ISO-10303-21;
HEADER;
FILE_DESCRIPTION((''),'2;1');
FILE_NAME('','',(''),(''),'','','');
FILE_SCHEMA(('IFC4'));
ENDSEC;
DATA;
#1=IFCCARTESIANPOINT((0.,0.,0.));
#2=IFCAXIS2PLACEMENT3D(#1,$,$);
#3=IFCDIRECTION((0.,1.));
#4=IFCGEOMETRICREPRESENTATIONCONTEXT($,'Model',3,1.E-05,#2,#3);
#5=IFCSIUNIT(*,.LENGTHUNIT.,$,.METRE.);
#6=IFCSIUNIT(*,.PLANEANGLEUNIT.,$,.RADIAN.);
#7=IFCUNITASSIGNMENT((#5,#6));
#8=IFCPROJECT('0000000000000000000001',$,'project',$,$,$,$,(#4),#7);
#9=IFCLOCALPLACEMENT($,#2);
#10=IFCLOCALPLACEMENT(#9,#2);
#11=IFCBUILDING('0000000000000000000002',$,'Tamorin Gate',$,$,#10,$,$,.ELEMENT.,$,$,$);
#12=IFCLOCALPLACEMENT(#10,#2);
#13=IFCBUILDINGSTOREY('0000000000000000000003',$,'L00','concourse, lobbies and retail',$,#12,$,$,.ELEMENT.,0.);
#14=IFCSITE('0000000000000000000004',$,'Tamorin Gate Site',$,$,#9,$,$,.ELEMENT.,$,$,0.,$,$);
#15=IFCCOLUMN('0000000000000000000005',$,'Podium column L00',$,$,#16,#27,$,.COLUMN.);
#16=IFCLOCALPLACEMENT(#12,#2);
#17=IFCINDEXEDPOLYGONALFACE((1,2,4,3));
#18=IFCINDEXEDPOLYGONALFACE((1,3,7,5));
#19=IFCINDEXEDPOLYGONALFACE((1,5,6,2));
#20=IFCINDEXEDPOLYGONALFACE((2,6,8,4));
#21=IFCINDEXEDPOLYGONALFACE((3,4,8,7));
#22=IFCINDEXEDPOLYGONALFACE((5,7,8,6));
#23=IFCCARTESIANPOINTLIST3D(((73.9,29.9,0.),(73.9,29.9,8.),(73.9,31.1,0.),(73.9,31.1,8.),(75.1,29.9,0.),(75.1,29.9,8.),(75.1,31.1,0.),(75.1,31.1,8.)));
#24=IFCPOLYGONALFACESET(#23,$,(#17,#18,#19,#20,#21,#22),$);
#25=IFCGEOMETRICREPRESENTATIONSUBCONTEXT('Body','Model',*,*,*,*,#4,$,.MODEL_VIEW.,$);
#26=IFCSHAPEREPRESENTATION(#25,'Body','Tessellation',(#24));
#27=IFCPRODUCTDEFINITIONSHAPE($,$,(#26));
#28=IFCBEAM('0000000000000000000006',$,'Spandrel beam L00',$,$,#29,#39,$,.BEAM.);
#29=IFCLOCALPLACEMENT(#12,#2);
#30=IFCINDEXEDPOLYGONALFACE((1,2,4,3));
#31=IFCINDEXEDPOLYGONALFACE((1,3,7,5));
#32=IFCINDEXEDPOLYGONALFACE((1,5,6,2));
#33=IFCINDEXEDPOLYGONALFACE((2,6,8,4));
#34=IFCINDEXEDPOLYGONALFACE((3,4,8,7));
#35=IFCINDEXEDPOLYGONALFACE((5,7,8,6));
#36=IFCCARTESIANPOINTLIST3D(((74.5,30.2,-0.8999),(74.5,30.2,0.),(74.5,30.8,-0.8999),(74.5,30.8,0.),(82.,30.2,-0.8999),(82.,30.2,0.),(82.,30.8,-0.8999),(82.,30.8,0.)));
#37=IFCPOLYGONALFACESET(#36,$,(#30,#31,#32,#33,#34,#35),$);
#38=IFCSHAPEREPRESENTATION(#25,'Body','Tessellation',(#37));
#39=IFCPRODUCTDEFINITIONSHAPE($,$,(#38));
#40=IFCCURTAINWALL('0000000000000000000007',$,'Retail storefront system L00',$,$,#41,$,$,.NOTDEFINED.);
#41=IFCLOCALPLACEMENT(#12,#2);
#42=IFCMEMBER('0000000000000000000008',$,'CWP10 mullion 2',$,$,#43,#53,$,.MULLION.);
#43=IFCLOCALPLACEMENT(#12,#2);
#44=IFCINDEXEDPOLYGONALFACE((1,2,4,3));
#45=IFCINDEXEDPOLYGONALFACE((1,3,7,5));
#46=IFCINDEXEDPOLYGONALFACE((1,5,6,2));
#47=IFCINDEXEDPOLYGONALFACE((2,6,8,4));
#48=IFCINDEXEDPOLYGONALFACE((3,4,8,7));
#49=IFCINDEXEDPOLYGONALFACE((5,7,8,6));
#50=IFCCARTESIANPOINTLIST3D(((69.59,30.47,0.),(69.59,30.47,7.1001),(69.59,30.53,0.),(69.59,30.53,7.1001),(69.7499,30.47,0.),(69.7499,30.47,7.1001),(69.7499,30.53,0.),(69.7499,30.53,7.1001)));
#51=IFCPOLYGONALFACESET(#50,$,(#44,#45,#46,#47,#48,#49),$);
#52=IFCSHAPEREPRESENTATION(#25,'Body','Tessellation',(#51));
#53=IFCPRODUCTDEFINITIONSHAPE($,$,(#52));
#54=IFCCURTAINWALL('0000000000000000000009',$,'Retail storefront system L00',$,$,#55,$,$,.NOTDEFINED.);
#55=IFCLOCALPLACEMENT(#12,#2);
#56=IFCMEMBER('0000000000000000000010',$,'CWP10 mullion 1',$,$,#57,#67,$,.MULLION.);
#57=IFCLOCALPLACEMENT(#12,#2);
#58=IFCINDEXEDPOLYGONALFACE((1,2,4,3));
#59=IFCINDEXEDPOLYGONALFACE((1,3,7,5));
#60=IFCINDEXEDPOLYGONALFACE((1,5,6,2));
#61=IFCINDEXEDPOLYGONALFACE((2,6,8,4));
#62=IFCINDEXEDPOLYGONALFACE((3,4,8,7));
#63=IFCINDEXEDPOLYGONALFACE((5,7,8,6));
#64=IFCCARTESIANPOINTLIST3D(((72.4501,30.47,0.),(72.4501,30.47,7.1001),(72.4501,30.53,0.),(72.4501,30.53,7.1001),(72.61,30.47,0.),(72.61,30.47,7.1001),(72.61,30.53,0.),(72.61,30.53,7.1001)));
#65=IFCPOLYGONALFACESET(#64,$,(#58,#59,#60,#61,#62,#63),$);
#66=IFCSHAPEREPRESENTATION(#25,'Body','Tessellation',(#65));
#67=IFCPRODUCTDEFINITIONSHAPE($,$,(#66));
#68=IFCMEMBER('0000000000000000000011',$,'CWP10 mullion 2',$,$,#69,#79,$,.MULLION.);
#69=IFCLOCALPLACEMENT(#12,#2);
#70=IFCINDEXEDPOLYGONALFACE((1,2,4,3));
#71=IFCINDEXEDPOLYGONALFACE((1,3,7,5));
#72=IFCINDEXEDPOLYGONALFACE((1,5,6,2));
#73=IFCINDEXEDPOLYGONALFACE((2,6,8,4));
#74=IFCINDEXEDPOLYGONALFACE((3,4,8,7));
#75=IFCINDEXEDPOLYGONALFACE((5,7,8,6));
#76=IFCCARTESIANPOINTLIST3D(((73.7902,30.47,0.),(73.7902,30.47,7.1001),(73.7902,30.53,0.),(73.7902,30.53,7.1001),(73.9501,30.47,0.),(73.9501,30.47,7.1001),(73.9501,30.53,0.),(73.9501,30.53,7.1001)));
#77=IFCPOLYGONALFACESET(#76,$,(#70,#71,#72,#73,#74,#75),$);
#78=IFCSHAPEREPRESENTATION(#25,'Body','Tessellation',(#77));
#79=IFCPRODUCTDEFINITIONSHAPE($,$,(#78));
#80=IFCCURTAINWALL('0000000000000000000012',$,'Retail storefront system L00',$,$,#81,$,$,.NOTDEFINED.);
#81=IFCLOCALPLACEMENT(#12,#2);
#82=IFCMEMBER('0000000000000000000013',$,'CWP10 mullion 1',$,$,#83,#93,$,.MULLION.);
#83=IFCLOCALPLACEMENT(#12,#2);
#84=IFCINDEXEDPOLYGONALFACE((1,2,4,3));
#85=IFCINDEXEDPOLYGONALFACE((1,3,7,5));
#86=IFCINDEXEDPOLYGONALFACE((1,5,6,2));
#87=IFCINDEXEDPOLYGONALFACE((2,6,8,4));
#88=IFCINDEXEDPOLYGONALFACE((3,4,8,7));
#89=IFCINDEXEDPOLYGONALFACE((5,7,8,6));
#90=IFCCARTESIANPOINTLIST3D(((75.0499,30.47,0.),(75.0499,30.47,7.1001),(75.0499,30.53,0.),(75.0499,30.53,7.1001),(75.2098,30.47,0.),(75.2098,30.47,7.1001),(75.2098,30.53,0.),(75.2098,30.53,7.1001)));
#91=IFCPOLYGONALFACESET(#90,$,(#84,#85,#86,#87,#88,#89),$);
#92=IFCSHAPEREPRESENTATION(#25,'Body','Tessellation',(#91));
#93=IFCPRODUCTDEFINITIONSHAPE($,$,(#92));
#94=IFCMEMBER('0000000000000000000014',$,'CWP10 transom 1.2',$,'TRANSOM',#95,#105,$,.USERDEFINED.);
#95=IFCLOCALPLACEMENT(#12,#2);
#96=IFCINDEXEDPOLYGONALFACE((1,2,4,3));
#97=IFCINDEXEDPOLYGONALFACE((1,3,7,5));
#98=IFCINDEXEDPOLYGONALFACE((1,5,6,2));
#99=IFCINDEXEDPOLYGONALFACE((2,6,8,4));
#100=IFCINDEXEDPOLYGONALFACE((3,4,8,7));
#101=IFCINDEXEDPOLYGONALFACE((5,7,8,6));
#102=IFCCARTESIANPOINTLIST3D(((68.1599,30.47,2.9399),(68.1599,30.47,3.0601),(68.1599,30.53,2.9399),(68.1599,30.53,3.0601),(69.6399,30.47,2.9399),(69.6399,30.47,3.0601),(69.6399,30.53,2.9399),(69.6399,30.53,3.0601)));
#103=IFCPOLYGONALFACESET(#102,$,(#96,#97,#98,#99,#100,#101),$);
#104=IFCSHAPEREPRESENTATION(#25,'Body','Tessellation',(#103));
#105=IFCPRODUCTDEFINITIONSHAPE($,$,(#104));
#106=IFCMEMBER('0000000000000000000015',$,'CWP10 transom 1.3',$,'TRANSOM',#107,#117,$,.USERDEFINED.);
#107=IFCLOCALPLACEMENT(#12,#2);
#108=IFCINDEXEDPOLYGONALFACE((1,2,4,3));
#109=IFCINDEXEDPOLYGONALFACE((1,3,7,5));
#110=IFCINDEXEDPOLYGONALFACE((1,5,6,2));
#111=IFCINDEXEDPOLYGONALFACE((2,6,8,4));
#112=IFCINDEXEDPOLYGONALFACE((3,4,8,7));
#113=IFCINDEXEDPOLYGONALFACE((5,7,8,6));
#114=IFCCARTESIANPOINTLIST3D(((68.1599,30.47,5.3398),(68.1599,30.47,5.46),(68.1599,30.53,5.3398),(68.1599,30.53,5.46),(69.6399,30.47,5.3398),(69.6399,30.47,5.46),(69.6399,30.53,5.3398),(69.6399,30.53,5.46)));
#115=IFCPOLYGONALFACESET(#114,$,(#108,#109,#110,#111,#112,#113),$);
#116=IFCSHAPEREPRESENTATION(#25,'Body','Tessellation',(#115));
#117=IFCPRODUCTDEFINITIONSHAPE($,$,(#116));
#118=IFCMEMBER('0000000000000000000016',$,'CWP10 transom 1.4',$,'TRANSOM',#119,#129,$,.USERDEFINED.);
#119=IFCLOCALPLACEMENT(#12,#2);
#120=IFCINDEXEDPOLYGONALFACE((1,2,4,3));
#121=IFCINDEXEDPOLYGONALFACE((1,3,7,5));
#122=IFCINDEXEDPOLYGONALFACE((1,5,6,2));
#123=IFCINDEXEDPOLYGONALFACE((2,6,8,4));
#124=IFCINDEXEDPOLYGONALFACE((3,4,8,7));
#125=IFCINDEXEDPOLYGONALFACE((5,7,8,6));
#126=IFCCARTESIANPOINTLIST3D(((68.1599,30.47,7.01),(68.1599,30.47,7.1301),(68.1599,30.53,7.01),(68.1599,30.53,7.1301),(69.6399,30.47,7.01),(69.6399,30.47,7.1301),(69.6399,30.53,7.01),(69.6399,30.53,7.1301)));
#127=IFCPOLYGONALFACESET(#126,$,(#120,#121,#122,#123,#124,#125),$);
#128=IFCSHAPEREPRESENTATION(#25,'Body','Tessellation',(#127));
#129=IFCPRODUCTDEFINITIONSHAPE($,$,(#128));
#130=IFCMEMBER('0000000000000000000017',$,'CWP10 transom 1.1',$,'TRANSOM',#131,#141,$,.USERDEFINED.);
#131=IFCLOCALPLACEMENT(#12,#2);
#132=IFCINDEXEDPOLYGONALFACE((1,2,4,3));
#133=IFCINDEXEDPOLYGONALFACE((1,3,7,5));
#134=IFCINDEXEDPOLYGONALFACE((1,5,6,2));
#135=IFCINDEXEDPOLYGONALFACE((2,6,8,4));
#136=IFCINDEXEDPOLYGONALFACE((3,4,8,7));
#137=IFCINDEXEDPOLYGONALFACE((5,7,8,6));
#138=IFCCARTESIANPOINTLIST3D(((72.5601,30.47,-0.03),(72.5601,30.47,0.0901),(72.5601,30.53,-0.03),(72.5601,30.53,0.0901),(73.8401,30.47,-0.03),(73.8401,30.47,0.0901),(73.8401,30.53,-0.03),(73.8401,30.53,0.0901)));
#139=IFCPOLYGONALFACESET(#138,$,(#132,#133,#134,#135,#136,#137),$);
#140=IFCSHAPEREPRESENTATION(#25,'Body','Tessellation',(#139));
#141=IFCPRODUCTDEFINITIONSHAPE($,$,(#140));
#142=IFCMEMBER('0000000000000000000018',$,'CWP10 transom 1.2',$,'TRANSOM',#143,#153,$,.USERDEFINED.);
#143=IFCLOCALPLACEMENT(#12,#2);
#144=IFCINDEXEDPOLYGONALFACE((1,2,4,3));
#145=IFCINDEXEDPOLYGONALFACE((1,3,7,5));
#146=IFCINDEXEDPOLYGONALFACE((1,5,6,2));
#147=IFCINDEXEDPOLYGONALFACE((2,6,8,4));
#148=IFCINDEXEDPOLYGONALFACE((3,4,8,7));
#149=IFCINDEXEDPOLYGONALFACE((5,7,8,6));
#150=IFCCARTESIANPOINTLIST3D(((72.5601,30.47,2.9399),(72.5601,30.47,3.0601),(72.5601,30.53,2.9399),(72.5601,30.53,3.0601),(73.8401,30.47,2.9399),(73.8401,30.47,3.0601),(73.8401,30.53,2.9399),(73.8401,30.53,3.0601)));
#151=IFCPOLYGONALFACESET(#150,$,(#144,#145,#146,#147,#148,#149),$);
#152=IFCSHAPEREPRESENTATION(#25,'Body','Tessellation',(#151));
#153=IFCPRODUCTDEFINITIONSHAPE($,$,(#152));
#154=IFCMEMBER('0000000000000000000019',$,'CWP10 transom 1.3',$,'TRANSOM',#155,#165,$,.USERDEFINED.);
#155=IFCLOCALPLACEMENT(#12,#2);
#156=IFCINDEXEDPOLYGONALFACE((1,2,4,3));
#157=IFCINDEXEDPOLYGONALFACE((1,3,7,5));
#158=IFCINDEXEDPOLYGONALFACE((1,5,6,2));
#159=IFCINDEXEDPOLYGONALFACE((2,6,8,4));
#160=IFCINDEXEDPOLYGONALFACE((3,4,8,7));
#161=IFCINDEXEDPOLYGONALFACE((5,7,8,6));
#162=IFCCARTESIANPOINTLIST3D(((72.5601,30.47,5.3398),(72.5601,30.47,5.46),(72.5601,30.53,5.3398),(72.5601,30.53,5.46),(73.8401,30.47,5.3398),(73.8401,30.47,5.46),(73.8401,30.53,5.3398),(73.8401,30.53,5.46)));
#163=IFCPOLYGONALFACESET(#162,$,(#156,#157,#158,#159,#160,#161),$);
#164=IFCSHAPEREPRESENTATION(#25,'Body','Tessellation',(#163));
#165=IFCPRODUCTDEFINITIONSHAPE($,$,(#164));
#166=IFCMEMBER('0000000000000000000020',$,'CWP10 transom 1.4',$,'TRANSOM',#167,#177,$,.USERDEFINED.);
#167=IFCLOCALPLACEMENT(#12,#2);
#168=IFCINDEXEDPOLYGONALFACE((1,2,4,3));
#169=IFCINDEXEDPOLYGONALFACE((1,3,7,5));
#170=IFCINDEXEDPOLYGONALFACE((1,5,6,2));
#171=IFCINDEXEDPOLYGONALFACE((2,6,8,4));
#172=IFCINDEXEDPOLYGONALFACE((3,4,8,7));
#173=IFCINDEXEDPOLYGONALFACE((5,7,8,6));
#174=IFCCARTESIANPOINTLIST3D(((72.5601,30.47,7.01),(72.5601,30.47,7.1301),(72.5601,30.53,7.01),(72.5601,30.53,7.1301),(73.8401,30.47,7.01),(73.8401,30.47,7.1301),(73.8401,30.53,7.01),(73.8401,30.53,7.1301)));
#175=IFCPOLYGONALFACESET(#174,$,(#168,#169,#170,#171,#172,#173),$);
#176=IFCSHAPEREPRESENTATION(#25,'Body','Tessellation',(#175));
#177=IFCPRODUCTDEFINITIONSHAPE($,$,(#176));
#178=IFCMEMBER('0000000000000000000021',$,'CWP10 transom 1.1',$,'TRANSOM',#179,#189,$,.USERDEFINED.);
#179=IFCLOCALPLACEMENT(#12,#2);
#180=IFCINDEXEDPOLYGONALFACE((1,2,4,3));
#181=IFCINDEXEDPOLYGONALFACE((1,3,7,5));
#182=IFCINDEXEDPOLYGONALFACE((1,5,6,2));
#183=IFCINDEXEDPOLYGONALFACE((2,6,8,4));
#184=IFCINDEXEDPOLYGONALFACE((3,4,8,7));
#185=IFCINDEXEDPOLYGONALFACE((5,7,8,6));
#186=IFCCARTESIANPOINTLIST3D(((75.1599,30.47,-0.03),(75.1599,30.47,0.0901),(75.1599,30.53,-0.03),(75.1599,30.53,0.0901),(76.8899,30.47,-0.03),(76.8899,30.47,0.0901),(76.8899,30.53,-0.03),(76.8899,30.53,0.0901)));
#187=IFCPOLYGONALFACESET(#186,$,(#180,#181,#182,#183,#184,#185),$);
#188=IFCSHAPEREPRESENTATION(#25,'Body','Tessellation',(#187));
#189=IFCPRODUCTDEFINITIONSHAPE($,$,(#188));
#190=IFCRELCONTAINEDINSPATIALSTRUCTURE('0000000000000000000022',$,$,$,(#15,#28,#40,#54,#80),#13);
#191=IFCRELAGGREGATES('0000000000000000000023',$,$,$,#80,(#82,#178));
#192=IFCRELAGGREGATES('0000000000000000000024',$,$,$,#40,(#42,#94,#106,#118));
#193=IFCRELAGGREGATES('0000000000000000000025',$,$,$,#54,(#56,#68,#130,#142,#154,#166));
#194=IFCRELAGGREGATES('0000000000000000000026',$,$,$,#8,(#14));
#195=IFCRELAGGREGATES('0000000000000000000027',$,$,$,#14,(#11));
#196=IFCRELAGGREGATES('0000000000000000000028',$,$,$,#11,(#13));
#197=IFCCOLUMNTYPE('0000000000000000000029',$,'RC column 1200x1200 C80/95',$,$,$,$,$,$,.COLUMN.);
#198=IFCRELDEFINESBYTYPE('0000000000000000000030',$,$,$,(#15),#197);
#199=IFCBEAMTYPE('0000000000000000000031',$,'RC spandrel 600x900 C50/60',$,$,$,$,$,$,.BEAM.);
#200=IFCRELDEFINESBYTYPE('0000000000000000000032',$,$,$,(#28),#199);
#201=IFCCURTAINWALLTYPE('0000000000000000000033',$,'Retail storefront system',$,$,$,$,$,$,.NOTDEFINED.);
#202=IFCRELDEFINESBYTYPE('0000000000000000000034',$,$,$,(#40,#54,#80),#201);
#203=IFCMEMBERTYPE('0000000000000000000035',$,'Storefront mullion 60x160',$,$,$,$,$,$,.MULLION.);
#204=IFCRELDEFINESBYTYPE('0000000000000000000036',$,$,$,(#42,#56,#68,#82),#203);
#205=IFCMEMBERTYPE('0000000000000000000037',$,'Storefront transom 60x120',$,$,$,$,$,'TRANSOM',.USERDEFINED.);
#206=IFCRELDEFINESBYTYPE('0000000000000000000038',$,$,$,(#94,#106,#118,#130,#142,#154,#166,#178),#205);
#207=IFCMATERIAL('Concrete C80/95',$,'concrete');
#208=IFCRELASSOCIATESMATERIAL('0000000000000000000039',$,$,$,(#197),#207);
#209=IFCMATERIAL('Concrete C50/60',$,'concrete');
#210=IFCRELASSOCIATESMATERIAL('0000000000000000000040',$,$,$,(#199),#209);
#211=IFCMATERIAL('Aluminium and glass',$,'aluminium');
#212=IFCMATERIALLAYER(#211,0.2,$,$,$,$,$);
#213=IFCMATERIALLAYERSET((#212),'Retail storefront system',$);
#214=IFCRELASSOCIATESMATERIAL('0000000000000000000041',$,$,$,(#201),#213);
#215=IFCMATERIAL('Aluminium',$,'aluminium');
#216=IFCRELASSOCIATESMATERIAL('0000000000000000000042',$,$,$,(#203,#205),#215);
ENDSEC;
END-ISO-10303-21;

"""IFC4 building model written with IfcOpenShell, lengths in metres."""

from ifc_helpers import new_model, si_unit, direction, frame, origin, origin_2d, place, context, subcontext, project, spatial, rectangle, extrude, material, layer, layer_set, material_profile, profile_set, type_object, element, aggregate, save


model = new_model("IFC4")

# Units and contexts
model_context = context("Model", 3, precision=1e-05, world=origin(), true_north=direction((0.0, 1.0)))
body_context = subcontext(model_context, "Body", "Model", "MODEL_VIEW")
ifc_project = project(units=[si_unit("LENGTHUNIT", "METRE"), si_unit("PLANEANGLEUNIT", "RADIAN")], contexts=[model_context])

# Site, building, storey
site_placement = place(None, origin())
site = spatial("IfcSite", under=ifc_project, at=site_placement, Name="Tamorin Gate Site", CompositionType="ELEMENT", RefElevation=0.0)
building_placement = place(site_placement, origin())
building = spatial("IfcBuilding", under=site, at=building_placement, Name="Tamorin Gate", CompositionType="ELEMENT")
storey_placement = place(building_placement, origin())
storey = spatial("IfcBuildingStorey", under=building, at=storey_placement, Name="L00", Description="concourse, lobbies and retail", CompositionType="ELEMENT", Elevation=0.0)

# Column
ifc_material_1 = material(Name="Concrete C80/95", Category="concrete")
ifc_material_profile_1 = material_profile(ifc_material_1, rectangle(XDim=1.2, YDim=1.2, at=origin_2d()), Name="RC 1200x1200")
ifc_profile_set_1 = profile_set([ifc_material_profile_1], Name="Concrete C80/95")
column_type = type_object("IfcColumnType", Name="RC column 1200x1200 C80/95", PredefinedType="COLUMN", material=ifc_profile_set_1)
column_placement = place(storey_placement, frame((74.5, 30.5, 0.0), z_axis=(0.0, 0.0, 1.0), x_axis=(1.0, 0.0, 0.0)))
element("IfcColumn", 1, at=column_placement, inside=storey, type_object=column_type, Name="Podium column L00", PredefinedType="COLUMN", context=body_context, shape_type="SweptSolid", body=[
    extrude(rectangle(XDim=1.2, YDim=1.2, at=origin_2d()), origin(), (0.0, 0.0, 1.0), 8.0),
])

# Beam
ifc_material_2 = material(Name="Concrete C50/60", Category="concrete")
ifc_material_profile_2 = material_profile(ifc_material_2, rectangle(XDim=0.6001, YDim=0.8999, at=origin_2d()), Name="RC 600x900")
ifc_profile_set_2 = profile_set([ifc_material_profile_2], Name="Concrete C50/60")
beam_type = type_object("IfcBeamType", Name="RC spandrel 600x900 C50/60", PredefinedType="BEAM", material=ifc_profile_set_2)
beam_placement = place(storey_placement, frame((74.5, 30.5, -0.45), z_axis=(1.0, 0.0, 0.0), x_axis=(0.0, 1.0, 0.0)))
element("IfcBeam", 2, at=beam_placement, inside=storey, type_object=beam_type, Name="Spandrel beam L00", PredefinedType="BEAM", context=body_context, shape_type="SweptSolid", body=[
    extrude(rectangle(XDim=0.6001, YDim=0.8999, at=origin_2d()), origin(), (0.0, 0.0, 1.0), 7.5),
])

# Curtain wall, member
ifc_material_3 = material(Name="Aluminium and glass", Category="aluminium")
ifc_layer_1 = layer(ifc_material_3, 0.2)
ifc_layer_set_1 = layer_set([ifc_layer_1], Name="Retail storefront system")
curtain_wall_type = type_object("IfcCurtainWallType", Name="Retail storefront system", PredefinedType="NOTDEFINED", material=ifc_layer_set_1)
curtain_wall_1_placement = place(storey_placement, origin())
curtain_wall_1 = element("IfcCurtainWall", 3, at=curtain_wall_1_placement, inside=storey, type_object=curtain_wall_type, Name="Retail storefront system L00", PredefinedType="NOTDEFINED")
ifc_material_4 = material(Name="Aluminium", Category="aluminium")
ifc_material_profile_3 = material_profile(ifc_material_4, rectangle(XDim=0.0601, YDim=0.1599, at=origin_2d()), Name="RECT 60x160")
ifc_profile_set_3 = profile_set([ifc_material_profile_3], Name="Aluminium")
member_type_1 = type_object("IfcMemberType", Name="Storefront mullion 60x160", PredefinedType="MULLION", material=ifc_profile_set_3)
member_1_placement = place(storey_placement, frame((69.6699, 30.5, 0.0), z_axis=(0.0, 0.0, 1.0), x_axis=(0.0, 1.0, 0.0)))
member_1 = element("IfcMember", 4, at=member_1_placement, type_object=member_type_1, Name="CWP10 mullion 2", PredefinedType="MULLION", context=body_context, shape_type="SweptSolid", body=[
    extrude(rectangle(XDim=0.0601, YDim=0.1599, at=origin_2d()), origin(), (0.0, 0.0, 1.0), 7.1001),
])

# Curtain wall, members
curtain_wall_2_placement = place(storey_placement, origin())
curtain_wall_2 = element("IfcCurtainWall", 5, at=curtain_wall_2_placement, inside=storey, type_object=curtain_wall_type, Name="Retail storefront system L00", PredefinedType="NOTDEFINED")
member_2_placement = place(storey_placement, frame((72.53, 30.5, 0.0), z_axis=(0.0, 0.0, 1.0), x_axis=(0.0, 1.0, 0.0)))
member_2 = element("IfcMember", 6, at=member_2_placement, type_object=member_type_1, Name="CWP10 mullion 1", PredefinedType="MULLION", context=body_context, shape_type="SweptSolid", body=[
    extrude(rectangle(XDim=0.0601, YDim=0.1599, at=origin_2d()), origin(), (0.0, 0.0, 1.0), 7.1001),
])
member_3_placement = place(storey_placement, frame((73.8701, 30.5, 0.0), z_axis=(0.0, 0.0, 1.0), x_axis=(0.0, 1.0, 0.0)))
member_3 = element("IfcMember", 7, at=member_3_placement, type_object=member_type_1, Name="CWP10 mullion 2", PredefinedType="MULLION", context=body_context, shape_type="SweptSolid", body=[
    extrude(rectangle(XDim=0.0601, YDim=0.1599, at=origin_2d()), origin(), (0.0, 0.0, 1.0), 7.1001),
])

# Curtain wall, member
curtain_wall_3_placement = place(storey_placement, origin())
curtain_wall_3 = element("IfcCurtainWall", 8, at=curtain_wall_3_placement, inside=storey, type_object=curtain_wall_type, Name="Retail storefront system L00", PredefinedType="NOTDEFINED")
member_4_placement = place(storey_placement, frame((75.1299, 30.5, 0.0), z_axis=(0.0, 0.0, 1.0), x_axis=(0.0, 1.0, 0.0)))
member_4 = element("IfcMember", 9, at=member_4_placement, type_object=member_type_1, Name="CWP10 mullion 1", PredefinedType="MULLION", context=body_context, shape_type="SweptSolid", body=[
    extrude(rectangle(XDim=0.0601, YDim=0.1599, at=origin_2d()), origin(), (0.0, 0.0, 1.0), 7.1001),
])

# Members
ifc_material_profile_4 = material_profile(ifc_material_4, rectangle(XDim=0.0601, YDim=0.1201, at=origin_2d()), Name="RECT 60x120")
ifc_profile_set_4 = profile_set([ifc_material_profile_4], Name="Aluminium")
member_type_2 = type_object("IfcMemberType", Name="Storefront transom 60x120", ElementType="TRANSOM", PredefinedType="USERDEFINED", material=ifc_profile_set_4)
member_5_placement = place(storey_placement, frame((68.1599, 30.5, 3.0), z_axis=(1.0, 0.0, 0.0), x_axis=(0.0, 1.0, 0.0)))
member_5 = element("IfcMember", 10, at=member_5_placement, type_object=member_type_2, Name="CWP10 transom 1.2", ObjectType="TRANSOM", PredefinedType="USERDEFINED", context=body_context, shape_type="SweptSolid", body=[
    extrude(rectangle(XDim=0.0601, YDim=0.1201, at=origin_2d()), origin(), (0.0, 0.0, 1.0), 1.48),
])
member_6_placement = place(storey_placement, frame((68.1599, 30.5, 5.3999), z_axis=(1.0, 0.0, 0.0), x_axis=(0.0, 1.0, 0.0)))
member_6 = element("IfcMember", 11, at=member_6_placement, type_object=member_type_2, Name="CWP10 transom 1.3", ObjectType="TRANSOM", PredefinedType="USERDEFINED", context=body_context, shape_type="SweptSolid", body=[
    extrude(rectangle(XDim=0.0601, YDim=0.1201, at=origin_2d()), origin(), (0.0, 0.0, 1.0), 1.48),
])
member_7_placement = place(storey_placement, frame((68.1599, 30.5, 7.0701), z_axis=(1.0, 0.0, 0.0), x_axis=(0.0, 1.0, 0.0)))
member_7 = element("IfcMember", 12, at=member_7_placement, type_object=member_type_2, Name="CWP10 transom 1.4", ObjectType="TRANSOM", PredefinedType="USERDEFINED", context=body_context, shape_type="SweptSolid", body=[
    extrude(rectangle(XDim=0.0601, YDim=0.1201, at=origin_2d()), origin(), (0.0, 0.0, 1.0), 1.48),
])
member_8_placement = place(storey_placement, frame((72.5601, 30.5, 0.03), z_axis=(1.0, 0.0, 0.0), x_axis=(0.0, 1.0, 0.0)))
member_8 = element("IfcMember", 13, at=member_8_placement, type_object=member_type_2, Name="CWP10 transom 1.1", ObjectType="TRANSOM", PredefinedType="USERDEFINED", context=body_context, shape_type="SweptSolid", body=[
    extrude(rectangle(XDim=0.0601, YDim=0.1201, at=origin_2d()), origin(), (0.0, 0.0, 1.0), 1.28),
])
member_9_placement = place(storey_placement, frame((72.5601, 30.5, 3.0), z_axis=(1.0, 0.0, 0.0), x_axis=(0.0, 1.0, 0.0)))
member_9 = element("IfcMember", 14, at=member_9_placement, type_object=member_type_2, Name="CWP10 transom 1.2", ObjectType="TRANSOM", PredefinedType="USERDEFINED", context=body_context, shape_type="SweptSolid", body=[
    extrude(rectangle(XDim=0.0601, YDim=0.1201, at=origin_2d()), origin(), (0.0, 0.0, 1.0), 1.28),
])
member_10_placement = place(storey_placement, frame((72.5601, 30.5, 5.3999), z_axis=(1.0, 0.0, 0.0), x_axis=(0.0, 1.0, 0.0)))
member_10 = element("IfcMember", 15, at=member_10_placement, type_object=member_type_2, Name="CWP10 transom 1.3", ObjectType="TRANSOM", PredefinedType="USERDEFINED", context=body_context, shape_type="SweptSolid", body=[
    extrude(rectangle(XDim=0.0601, YDim=0.1201, at=origin_2d()), origin(), (0.0, 0.0, 1.0), 1.28),
])
member_11_placement = place(storey_placement, frame((72.5601, 30.5, 7.0701), z_axis=(1.0, 0.0, 0.0), x_axis=(0.0, 1.0, 0.0)))
member_11 = element("IfcMember", 16, at=member_11_placement, type_object=member_type_2, Name="CWP10 transom 1.4", ObjectType="TRANSOM", PredefinedType="USERDEFINED", context=body_context, shape_type="SweptSolid", body=[
    extrude(rectangle(XDim=0.0601, YDim=0.1201, at=origin_2d()), origin(), (0.0, 0.0, 1.0), 1.28),
])
member_12_placement = place(storey_placement, frame((75.1599, 30.5, 0.03), z_axis=(1.0, 0.0, 0.0), x_axis=(0.0, 1.0, 0.0)))
member_12 = element("IfcMember", 17, at=member_12_placement, type_object=member_type_2, Name="CWP10 transom 1.1", ObjectType="TRANSOM", PredefinedType="USERDEFINED", context=body_context, shape_type="SweptSolid", body=[
    extrude(rectangle(XDim=0.0601, YDim=0.1201, at=origin_2d()), origin(), (0.0, 0.0, 1.0), 1.73),
])
aggregate(curtain_wall_3, [member_4, member_12])

aggregate(curtain_wall_1, [member_1, member_5, member_6, member_7])
aggregate(curtain_wall_2, [member_2, member_3, member_8, member_9, member_10, member_11])

save(model, "model.ifc")
